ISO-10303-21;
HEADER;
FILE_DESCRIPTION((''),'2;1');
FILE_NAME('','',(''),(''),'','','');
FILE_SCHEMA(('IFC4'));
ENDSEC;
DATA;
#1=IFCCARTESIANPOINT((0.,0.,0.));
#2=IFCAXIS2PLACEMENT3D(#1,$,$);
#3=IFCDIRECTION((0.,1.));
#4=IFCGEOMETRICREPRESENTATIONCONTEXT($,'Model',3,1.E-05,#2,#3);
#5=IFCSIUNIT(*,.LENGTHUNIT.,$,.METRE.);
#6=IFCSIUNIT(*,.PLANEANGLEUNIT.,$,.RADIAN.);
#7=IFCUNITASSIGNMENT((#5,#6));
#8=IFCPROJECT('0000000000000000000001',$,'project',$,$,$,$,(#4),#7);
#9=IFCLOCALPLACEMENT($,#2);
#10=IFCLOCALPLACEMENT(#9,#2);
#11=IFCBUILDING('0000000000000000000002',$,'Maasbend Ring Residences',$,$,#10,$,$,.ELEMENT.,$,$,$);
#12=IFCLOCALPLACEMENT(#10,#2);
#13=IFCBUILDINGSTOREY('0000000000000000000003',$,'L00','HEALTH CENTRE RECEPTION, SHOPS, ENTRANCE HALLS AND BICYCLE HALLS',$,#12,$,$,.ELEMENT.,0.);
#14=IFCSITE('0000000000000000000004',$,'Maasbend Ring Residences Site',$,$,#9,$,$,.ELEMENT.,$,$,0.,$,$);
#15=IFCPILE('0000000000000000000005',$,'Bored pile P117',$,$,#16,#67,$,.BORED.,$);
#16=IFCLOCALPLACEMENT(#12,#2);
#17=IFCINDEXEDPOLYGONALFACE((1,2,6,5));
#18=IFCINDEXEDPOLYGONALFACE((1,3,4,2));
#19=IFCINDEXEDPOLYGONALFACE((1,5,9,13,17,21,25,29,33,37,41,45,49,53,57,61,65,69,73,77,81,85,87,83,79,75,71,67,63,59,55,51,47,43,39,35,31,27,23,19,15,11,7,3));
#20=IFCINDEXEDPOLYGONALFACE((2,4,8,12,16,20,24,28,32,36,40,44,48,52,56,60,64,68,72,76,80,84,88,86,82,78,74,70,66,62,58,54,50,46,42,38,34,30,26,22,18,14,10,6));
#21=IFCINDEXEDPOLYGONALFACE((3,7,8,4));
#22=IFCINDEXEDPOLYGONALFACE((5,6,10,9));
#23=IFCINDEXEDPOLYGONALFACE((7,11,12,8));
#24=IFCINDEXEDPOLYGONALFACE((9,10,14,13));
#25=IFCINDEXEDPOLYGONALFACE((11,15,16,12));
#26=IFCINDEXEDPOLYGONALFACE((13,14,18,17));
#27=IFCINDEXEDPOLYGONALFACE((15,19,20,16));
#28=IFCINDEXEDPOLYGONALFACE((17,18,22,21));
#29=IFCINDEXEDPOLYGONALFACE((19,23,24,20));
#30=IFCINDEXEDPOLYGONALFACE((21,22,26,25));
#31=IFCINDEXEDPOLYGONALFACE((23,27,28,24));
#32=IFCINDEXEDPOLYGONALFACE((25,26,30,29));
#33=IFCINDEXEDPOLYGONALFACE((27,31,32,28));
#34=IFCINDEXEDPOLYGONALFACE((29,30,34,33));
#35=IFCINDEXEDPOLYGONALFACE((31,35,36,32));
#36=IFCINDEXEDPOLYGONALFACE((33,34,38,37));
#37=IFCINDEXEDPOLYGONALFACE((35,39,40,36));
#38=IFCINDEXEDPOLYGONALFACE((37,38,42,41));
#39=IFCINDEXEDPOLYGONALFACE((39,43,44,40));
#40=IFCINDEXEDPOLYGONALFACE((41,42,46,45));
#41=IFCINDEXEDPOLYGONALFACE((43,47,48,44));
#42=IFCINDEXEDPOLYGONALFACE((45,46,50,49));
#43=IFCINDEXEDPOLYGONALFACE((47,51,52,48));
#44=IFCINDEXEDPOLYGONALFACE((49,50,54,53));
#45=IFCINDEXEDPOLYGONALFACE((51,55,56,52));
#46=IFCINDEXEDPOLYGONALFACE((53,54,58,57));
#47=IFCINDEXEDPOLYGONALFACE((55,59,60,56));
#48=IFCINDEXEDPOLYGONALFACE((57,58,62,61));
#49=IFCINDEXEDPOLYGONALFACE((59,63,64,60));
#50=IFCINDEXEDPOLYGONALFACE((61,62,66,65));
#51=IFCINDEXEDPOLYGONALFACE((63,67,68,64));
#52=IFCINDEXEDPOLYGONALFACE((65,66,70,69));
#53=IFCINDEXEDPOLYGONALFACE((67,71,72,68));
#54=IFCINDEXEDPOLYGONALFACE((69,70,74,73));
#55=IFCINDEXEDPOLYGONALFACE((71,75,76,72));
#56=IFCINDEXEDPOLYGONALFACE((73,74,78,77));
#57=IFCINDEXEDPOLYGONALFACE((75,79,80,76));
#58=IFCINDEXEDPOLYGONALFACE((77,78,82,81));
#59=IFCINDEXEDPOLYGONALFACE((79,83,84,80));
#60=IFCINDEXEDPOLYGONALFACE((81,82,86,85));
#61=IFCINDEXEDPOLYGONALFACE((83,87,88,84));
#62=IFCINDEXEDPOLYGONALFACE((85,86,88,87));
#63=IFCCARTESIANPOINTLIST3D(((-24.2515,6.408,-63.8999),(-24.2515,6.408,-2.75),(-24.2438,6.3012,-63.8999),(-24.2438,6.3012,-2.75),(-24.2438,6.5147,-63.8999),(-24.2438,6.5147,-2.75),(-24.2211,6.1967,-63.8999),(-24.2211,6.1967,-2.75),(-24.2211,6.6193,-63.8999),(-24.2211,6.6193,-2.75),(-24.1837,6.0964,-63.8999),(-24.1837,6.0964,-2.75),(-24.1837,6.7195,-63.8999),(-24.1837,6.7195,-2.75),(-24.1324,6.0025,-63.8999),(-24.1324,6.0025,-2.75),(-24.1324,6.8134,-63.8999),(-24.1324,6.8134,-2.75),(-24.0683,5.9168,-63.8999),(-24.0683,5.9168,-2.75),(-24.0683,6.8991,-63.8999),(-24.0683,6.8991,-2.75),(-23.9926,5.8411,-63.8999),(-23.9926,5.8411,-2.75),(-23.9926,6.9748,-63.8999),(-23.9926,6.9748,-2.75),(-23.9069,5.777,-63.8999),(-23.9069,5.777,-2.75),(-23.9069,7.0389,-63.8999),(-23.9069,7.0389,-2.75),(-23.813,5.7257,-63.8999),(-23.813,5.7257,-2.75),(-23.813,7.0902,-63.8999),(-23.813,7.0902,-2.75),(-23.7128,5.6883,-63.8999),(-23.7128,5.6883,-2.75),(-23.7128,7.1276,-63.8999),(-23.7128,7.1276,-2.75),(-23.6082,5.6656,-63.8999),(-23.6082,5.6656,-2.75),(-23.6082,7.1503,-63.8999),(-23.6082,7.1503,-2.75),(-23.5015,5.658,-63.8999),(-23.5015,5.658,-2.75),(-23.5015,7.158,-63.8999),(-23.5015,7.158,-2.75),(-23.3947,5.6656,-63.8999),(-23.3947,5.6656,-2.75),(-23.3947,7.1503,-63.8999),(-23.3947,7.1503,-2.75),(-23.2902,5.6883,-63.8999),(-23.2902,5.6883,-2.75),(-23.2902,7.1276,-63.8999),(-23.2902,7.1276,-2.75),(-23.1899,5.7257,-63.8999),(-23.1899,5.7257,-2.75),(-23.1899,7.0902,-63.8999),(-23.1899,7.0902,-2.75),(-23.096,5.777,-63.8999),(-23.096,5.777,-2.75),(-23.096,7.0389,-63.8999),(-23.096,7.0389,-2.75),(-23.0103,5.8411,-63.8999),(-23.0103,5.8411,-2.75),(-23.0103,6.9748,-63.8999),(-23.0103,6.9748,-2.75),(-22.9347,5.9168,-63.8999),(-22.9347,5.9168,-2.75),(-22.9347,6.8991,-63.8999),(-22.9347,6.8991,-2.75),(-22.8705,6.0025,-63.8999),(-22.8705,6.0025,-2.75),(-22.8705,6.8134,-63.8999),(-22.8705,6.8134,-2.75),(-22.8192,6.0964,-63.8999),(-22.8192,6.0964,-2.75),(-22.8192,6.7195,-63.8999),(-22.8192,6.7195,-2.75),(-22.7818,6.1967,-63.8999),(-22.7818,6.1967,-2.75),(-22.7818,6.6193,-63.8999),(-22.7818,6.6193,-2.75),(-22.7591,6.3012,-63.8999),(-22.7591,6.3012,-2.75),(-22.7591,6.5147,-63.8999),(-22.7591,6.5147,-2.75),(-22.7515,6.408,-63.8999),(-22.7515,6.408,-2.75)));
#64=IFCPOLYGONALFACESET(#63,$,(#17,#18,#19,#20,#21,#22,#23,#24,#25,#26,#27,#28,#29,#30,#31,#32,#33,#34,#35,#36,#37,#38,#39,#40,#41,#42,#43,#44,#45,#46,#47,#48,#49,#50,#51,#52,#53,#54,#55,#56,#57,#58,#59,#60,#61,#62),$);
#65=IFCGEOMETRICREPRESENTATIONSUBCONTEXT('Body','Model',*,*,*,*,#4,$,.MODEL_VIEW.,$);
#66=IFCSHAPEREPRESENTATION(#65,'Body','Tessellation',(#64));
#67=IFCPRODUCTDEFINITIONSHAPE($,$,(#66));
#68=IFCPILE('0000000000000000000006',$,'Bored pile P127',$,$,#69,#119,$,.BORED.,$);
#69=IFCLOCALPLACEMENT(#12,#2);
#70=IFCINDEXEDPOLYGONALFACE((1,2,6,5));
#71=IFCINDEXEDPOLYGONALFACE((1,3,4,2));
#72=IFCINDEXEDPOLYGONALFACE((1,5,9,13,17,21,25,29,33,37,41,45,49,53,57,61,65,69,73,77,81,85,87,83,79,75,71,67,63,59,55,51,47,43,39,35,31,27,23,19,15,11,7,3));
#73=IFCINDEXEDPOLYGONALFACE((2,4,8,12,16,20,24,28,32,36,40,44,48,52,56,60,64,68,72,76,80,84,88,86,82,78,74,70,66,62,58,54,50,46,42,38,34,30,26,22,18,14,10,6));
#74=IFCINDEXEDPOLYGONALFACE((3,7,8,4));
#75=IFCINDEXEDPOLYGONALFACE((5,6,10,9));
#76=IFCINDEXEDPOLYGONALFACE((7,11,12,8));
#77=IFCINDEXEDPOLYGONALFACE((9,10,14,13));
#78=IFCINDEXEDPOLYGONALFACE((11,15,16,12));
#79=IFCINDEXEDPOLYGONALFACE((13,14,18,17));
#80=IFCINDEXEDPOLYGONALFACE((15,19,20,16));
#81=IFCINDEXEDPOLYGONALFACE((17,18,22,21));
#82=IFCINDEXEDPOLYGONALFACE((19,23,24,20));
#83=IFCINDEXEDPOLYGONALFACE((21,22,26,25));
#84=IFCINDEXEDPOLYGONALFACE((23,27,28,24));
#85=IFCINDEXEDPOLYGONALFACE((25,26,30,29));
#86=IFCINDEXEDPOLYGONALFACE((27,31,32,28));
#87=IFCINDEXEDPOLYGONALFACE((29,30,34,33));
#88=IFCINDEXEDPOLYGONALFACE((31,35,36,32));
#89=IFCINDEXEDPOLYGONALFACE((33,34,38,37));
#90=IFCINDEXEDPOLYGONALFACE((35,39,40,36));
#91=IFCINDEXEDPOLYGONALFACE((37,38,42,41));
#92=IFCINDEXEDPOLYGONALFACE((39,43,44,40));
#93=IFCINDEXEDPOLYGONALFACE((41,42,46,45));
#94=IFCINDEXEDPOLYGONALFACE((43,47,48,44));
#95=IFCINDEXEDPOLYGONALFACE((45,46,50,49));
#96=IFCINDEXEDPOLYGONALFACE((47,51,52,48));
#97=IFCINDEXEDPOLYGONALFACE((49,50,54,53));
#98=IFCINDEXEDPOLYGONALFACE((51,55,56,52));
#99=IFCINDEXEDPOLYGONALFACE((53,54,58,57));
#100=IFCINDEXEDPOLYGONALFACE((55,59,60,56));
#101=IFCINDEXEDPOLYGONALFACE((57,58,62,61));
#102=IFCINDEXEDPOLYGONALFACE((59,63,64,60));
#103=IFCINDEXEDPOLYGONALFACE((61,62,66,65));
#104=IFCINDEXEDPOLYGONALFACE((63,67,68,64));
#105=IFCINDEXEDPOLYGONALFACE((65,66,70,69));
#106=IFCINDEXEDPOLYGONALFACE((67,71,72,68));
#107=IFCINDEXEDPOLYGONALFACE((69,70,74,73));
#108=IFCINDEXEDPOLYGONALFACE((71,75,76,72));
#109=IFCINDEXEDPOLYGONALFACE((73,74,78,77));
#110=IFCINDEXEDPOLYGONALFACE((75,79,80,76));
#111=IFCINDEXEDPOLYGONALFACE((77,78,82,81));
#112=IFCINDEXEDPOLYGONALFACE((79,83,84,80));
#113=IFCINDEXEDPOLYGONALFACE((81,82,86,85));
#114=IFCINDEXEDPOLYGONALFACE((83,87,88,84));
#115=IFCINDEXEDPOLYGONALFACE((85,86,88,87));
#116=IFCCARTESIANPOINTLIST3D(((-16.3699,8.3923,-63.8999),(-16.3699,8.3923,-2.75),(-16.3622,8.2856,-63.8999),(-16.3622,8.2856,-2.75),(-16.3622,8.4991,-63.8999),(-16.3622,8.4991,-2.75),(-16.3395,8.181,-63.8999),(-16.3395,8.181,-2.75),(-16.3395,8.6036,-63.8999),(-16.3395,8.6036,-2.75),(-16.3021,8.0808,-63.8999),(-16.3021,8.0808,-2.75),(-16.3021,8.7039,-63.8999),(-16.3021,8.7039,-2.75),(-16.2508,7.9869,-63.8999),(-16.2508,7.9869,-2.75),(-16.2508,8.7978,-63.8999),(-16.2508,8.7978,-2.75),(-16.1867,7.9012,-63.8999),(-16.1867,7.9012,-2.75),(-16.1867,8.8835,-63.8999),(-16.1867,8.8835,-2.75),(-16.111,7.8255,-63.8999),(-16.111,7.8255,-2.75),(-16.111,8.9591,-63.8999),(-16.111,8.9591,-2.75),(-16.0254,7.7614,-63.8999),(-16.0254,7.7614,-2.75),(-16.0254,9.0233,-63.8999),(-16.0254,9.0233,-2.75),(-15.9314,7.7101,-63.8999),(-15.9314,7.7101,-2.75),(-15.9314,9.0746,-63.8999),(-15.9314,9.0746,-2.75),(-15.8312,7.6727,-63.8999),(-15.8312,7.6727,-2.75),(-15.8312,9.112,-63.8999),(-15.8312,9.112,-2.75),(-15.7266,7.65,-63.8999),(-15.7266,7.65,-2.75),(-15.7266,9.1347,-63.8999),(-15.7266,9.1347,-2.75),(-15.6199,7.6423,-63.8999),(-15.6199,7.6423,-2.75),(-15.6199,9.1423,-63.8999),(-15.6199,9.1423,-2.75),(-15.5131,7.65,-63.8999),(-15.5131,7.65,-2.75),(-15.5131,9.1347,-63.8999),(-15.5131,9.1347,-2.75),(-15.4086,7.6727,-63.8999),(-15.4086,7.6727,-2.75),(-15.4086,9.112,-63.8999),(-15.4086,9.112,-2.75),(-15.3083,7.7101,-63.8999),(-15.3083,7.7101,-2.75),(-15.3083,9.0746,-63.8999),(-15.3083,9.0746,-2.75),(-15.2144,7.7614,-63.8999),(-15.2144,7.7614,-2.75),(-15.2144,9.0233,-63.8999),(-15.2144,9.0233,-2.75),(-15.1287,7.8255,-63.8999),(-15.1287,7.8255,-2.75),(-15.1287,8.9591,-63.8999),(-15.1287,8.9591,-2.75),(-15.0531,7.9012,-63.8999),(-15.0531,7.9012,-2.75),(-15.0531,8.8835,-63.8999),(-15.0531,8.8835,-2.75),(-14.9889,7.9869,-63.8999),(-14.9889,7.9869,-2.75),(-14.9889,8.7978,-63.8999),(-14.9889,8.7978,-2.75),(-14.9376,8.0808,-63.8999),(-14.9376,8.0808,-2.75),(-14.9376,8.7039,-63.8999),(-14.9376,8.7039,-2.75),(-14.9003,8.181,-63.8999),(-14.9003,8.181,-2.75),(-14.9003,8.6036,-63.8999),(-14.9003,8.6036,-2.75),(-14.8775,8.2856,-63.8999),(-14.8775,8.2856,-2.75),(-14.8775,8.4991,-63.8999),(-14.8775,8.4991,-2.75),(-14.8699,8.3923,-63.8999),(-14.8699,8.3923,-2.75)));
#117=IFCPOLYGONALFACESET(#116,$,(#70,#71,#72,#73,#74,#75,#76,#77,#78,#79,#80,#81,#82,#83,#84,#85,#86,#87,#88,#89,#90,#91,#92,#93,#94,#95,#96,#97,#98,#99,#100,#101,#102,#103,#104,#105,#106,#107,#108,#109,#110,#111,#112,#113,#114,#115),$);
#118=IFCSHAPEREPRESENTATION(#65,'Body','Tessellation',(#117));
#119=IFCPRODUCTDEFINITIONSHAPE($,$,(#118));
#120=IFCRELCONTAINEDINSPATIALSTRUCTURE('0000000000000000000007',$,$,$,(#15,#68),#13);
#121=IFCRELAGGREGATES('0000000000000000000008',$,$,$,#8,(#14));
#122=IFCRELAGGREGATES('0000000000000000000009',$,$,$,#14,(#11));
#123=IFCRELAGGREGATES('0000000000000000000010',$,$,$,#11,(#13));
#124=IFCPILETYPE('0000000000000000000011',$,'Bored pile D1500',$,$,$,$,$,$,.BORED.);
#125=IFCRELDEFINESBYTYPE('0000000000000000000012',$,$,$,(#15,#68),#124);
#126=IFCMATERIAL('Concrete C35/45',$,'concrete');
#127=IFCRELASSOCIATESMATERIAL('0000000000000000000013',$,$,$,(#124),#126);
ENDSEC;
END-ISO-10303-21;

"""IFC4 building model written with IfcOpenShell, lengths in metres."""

from ifc_helpers import new_model, si_unit, direction, frame, origin, origin_2d, place, context, subcontext, project, spatial, circle, extrude, material, material_profile, profile_set, type_object, element, save


model = new_model("IFC4")

# Units and contexts
model_context = context("Model", 3, precision=1e-05, world=origin(), true_north=direction((0.0, 1.0)))
body_context = subcontext(model_context, "Body", "Model", "MODEL_VIEW")
ifc_project = project(units=[si_unit("LENGTHUNIT", "METRE"), si_unit("PLANEANGLEUNIT", "RADIAN")], contexts=[model_context])

# Site, building, storey
site_placement = place(None, origin())
site = spatial("IfcSite", under=ifc_project, at=site_placement, Name="Maasbend Ring Residences Site", CompositionType="ELEMENT", RefElevation=0.0)
building_placement = place(site_placement, origin())
building = spatial("IfcBuilding", under=site, at=building_placement, Name="Maasbend Ring Residences", CompositionType="ELEMENT")
storey_placement = place(building_placement, origin())
storey = spatial("IfcBuildingStorey", under=building, at=storey_placement, Name="L00", Description="HEALTH CENTRE RECEPTION, SHOPS, ENTRANCE HALLS AND BICYCLE HALLS", CompositionType="ELEMENT", Elevation=0.0)

# Piles
ifc_material_1 = material(Name="Concrete C35/45", Category="concrete")
ifc_material_profile = material_profile(ifc_material_1, circle(Radius=0.75, at=origin_2d()), Name="Bored pile D1500")
ifc_profile_set = profile_set([ifc_material_profile], Name="Concrete C35/45")
pile_type = type_object("IfcPileType", Name="Bored pile D1500", PredefinedType="BORED", material=ifc_profile_set)
for number, where, z_axis, x_axis, name in (
    (1, (-23.5015, 6.408, -2.75), (0.0, 0.0, -1.0), (1.0, 0.0, 0.0), "Bored pile P117"),
    (2, (-15.6199, 8.3923, -2.75), (0.0, 0.0, -1.0), (1.0, 0.0, 0.0), "Bored pile P127"),
):
    element("IfcPile", number, at=place(storey_placement, frame(where, z_axis=z_axis, x_axis=x_axis)), inside=storey, type_object=pile_type, Name=name, PredefinedType="BORED", context=body_context, shape_type="SweptSolid", body=[
        extrude(circle(Radius=0.75, at=origin_2d()), origin(), (0.0, 0.0, 1.0), 61.1499),
    ])

save(model, "model.ifc")
